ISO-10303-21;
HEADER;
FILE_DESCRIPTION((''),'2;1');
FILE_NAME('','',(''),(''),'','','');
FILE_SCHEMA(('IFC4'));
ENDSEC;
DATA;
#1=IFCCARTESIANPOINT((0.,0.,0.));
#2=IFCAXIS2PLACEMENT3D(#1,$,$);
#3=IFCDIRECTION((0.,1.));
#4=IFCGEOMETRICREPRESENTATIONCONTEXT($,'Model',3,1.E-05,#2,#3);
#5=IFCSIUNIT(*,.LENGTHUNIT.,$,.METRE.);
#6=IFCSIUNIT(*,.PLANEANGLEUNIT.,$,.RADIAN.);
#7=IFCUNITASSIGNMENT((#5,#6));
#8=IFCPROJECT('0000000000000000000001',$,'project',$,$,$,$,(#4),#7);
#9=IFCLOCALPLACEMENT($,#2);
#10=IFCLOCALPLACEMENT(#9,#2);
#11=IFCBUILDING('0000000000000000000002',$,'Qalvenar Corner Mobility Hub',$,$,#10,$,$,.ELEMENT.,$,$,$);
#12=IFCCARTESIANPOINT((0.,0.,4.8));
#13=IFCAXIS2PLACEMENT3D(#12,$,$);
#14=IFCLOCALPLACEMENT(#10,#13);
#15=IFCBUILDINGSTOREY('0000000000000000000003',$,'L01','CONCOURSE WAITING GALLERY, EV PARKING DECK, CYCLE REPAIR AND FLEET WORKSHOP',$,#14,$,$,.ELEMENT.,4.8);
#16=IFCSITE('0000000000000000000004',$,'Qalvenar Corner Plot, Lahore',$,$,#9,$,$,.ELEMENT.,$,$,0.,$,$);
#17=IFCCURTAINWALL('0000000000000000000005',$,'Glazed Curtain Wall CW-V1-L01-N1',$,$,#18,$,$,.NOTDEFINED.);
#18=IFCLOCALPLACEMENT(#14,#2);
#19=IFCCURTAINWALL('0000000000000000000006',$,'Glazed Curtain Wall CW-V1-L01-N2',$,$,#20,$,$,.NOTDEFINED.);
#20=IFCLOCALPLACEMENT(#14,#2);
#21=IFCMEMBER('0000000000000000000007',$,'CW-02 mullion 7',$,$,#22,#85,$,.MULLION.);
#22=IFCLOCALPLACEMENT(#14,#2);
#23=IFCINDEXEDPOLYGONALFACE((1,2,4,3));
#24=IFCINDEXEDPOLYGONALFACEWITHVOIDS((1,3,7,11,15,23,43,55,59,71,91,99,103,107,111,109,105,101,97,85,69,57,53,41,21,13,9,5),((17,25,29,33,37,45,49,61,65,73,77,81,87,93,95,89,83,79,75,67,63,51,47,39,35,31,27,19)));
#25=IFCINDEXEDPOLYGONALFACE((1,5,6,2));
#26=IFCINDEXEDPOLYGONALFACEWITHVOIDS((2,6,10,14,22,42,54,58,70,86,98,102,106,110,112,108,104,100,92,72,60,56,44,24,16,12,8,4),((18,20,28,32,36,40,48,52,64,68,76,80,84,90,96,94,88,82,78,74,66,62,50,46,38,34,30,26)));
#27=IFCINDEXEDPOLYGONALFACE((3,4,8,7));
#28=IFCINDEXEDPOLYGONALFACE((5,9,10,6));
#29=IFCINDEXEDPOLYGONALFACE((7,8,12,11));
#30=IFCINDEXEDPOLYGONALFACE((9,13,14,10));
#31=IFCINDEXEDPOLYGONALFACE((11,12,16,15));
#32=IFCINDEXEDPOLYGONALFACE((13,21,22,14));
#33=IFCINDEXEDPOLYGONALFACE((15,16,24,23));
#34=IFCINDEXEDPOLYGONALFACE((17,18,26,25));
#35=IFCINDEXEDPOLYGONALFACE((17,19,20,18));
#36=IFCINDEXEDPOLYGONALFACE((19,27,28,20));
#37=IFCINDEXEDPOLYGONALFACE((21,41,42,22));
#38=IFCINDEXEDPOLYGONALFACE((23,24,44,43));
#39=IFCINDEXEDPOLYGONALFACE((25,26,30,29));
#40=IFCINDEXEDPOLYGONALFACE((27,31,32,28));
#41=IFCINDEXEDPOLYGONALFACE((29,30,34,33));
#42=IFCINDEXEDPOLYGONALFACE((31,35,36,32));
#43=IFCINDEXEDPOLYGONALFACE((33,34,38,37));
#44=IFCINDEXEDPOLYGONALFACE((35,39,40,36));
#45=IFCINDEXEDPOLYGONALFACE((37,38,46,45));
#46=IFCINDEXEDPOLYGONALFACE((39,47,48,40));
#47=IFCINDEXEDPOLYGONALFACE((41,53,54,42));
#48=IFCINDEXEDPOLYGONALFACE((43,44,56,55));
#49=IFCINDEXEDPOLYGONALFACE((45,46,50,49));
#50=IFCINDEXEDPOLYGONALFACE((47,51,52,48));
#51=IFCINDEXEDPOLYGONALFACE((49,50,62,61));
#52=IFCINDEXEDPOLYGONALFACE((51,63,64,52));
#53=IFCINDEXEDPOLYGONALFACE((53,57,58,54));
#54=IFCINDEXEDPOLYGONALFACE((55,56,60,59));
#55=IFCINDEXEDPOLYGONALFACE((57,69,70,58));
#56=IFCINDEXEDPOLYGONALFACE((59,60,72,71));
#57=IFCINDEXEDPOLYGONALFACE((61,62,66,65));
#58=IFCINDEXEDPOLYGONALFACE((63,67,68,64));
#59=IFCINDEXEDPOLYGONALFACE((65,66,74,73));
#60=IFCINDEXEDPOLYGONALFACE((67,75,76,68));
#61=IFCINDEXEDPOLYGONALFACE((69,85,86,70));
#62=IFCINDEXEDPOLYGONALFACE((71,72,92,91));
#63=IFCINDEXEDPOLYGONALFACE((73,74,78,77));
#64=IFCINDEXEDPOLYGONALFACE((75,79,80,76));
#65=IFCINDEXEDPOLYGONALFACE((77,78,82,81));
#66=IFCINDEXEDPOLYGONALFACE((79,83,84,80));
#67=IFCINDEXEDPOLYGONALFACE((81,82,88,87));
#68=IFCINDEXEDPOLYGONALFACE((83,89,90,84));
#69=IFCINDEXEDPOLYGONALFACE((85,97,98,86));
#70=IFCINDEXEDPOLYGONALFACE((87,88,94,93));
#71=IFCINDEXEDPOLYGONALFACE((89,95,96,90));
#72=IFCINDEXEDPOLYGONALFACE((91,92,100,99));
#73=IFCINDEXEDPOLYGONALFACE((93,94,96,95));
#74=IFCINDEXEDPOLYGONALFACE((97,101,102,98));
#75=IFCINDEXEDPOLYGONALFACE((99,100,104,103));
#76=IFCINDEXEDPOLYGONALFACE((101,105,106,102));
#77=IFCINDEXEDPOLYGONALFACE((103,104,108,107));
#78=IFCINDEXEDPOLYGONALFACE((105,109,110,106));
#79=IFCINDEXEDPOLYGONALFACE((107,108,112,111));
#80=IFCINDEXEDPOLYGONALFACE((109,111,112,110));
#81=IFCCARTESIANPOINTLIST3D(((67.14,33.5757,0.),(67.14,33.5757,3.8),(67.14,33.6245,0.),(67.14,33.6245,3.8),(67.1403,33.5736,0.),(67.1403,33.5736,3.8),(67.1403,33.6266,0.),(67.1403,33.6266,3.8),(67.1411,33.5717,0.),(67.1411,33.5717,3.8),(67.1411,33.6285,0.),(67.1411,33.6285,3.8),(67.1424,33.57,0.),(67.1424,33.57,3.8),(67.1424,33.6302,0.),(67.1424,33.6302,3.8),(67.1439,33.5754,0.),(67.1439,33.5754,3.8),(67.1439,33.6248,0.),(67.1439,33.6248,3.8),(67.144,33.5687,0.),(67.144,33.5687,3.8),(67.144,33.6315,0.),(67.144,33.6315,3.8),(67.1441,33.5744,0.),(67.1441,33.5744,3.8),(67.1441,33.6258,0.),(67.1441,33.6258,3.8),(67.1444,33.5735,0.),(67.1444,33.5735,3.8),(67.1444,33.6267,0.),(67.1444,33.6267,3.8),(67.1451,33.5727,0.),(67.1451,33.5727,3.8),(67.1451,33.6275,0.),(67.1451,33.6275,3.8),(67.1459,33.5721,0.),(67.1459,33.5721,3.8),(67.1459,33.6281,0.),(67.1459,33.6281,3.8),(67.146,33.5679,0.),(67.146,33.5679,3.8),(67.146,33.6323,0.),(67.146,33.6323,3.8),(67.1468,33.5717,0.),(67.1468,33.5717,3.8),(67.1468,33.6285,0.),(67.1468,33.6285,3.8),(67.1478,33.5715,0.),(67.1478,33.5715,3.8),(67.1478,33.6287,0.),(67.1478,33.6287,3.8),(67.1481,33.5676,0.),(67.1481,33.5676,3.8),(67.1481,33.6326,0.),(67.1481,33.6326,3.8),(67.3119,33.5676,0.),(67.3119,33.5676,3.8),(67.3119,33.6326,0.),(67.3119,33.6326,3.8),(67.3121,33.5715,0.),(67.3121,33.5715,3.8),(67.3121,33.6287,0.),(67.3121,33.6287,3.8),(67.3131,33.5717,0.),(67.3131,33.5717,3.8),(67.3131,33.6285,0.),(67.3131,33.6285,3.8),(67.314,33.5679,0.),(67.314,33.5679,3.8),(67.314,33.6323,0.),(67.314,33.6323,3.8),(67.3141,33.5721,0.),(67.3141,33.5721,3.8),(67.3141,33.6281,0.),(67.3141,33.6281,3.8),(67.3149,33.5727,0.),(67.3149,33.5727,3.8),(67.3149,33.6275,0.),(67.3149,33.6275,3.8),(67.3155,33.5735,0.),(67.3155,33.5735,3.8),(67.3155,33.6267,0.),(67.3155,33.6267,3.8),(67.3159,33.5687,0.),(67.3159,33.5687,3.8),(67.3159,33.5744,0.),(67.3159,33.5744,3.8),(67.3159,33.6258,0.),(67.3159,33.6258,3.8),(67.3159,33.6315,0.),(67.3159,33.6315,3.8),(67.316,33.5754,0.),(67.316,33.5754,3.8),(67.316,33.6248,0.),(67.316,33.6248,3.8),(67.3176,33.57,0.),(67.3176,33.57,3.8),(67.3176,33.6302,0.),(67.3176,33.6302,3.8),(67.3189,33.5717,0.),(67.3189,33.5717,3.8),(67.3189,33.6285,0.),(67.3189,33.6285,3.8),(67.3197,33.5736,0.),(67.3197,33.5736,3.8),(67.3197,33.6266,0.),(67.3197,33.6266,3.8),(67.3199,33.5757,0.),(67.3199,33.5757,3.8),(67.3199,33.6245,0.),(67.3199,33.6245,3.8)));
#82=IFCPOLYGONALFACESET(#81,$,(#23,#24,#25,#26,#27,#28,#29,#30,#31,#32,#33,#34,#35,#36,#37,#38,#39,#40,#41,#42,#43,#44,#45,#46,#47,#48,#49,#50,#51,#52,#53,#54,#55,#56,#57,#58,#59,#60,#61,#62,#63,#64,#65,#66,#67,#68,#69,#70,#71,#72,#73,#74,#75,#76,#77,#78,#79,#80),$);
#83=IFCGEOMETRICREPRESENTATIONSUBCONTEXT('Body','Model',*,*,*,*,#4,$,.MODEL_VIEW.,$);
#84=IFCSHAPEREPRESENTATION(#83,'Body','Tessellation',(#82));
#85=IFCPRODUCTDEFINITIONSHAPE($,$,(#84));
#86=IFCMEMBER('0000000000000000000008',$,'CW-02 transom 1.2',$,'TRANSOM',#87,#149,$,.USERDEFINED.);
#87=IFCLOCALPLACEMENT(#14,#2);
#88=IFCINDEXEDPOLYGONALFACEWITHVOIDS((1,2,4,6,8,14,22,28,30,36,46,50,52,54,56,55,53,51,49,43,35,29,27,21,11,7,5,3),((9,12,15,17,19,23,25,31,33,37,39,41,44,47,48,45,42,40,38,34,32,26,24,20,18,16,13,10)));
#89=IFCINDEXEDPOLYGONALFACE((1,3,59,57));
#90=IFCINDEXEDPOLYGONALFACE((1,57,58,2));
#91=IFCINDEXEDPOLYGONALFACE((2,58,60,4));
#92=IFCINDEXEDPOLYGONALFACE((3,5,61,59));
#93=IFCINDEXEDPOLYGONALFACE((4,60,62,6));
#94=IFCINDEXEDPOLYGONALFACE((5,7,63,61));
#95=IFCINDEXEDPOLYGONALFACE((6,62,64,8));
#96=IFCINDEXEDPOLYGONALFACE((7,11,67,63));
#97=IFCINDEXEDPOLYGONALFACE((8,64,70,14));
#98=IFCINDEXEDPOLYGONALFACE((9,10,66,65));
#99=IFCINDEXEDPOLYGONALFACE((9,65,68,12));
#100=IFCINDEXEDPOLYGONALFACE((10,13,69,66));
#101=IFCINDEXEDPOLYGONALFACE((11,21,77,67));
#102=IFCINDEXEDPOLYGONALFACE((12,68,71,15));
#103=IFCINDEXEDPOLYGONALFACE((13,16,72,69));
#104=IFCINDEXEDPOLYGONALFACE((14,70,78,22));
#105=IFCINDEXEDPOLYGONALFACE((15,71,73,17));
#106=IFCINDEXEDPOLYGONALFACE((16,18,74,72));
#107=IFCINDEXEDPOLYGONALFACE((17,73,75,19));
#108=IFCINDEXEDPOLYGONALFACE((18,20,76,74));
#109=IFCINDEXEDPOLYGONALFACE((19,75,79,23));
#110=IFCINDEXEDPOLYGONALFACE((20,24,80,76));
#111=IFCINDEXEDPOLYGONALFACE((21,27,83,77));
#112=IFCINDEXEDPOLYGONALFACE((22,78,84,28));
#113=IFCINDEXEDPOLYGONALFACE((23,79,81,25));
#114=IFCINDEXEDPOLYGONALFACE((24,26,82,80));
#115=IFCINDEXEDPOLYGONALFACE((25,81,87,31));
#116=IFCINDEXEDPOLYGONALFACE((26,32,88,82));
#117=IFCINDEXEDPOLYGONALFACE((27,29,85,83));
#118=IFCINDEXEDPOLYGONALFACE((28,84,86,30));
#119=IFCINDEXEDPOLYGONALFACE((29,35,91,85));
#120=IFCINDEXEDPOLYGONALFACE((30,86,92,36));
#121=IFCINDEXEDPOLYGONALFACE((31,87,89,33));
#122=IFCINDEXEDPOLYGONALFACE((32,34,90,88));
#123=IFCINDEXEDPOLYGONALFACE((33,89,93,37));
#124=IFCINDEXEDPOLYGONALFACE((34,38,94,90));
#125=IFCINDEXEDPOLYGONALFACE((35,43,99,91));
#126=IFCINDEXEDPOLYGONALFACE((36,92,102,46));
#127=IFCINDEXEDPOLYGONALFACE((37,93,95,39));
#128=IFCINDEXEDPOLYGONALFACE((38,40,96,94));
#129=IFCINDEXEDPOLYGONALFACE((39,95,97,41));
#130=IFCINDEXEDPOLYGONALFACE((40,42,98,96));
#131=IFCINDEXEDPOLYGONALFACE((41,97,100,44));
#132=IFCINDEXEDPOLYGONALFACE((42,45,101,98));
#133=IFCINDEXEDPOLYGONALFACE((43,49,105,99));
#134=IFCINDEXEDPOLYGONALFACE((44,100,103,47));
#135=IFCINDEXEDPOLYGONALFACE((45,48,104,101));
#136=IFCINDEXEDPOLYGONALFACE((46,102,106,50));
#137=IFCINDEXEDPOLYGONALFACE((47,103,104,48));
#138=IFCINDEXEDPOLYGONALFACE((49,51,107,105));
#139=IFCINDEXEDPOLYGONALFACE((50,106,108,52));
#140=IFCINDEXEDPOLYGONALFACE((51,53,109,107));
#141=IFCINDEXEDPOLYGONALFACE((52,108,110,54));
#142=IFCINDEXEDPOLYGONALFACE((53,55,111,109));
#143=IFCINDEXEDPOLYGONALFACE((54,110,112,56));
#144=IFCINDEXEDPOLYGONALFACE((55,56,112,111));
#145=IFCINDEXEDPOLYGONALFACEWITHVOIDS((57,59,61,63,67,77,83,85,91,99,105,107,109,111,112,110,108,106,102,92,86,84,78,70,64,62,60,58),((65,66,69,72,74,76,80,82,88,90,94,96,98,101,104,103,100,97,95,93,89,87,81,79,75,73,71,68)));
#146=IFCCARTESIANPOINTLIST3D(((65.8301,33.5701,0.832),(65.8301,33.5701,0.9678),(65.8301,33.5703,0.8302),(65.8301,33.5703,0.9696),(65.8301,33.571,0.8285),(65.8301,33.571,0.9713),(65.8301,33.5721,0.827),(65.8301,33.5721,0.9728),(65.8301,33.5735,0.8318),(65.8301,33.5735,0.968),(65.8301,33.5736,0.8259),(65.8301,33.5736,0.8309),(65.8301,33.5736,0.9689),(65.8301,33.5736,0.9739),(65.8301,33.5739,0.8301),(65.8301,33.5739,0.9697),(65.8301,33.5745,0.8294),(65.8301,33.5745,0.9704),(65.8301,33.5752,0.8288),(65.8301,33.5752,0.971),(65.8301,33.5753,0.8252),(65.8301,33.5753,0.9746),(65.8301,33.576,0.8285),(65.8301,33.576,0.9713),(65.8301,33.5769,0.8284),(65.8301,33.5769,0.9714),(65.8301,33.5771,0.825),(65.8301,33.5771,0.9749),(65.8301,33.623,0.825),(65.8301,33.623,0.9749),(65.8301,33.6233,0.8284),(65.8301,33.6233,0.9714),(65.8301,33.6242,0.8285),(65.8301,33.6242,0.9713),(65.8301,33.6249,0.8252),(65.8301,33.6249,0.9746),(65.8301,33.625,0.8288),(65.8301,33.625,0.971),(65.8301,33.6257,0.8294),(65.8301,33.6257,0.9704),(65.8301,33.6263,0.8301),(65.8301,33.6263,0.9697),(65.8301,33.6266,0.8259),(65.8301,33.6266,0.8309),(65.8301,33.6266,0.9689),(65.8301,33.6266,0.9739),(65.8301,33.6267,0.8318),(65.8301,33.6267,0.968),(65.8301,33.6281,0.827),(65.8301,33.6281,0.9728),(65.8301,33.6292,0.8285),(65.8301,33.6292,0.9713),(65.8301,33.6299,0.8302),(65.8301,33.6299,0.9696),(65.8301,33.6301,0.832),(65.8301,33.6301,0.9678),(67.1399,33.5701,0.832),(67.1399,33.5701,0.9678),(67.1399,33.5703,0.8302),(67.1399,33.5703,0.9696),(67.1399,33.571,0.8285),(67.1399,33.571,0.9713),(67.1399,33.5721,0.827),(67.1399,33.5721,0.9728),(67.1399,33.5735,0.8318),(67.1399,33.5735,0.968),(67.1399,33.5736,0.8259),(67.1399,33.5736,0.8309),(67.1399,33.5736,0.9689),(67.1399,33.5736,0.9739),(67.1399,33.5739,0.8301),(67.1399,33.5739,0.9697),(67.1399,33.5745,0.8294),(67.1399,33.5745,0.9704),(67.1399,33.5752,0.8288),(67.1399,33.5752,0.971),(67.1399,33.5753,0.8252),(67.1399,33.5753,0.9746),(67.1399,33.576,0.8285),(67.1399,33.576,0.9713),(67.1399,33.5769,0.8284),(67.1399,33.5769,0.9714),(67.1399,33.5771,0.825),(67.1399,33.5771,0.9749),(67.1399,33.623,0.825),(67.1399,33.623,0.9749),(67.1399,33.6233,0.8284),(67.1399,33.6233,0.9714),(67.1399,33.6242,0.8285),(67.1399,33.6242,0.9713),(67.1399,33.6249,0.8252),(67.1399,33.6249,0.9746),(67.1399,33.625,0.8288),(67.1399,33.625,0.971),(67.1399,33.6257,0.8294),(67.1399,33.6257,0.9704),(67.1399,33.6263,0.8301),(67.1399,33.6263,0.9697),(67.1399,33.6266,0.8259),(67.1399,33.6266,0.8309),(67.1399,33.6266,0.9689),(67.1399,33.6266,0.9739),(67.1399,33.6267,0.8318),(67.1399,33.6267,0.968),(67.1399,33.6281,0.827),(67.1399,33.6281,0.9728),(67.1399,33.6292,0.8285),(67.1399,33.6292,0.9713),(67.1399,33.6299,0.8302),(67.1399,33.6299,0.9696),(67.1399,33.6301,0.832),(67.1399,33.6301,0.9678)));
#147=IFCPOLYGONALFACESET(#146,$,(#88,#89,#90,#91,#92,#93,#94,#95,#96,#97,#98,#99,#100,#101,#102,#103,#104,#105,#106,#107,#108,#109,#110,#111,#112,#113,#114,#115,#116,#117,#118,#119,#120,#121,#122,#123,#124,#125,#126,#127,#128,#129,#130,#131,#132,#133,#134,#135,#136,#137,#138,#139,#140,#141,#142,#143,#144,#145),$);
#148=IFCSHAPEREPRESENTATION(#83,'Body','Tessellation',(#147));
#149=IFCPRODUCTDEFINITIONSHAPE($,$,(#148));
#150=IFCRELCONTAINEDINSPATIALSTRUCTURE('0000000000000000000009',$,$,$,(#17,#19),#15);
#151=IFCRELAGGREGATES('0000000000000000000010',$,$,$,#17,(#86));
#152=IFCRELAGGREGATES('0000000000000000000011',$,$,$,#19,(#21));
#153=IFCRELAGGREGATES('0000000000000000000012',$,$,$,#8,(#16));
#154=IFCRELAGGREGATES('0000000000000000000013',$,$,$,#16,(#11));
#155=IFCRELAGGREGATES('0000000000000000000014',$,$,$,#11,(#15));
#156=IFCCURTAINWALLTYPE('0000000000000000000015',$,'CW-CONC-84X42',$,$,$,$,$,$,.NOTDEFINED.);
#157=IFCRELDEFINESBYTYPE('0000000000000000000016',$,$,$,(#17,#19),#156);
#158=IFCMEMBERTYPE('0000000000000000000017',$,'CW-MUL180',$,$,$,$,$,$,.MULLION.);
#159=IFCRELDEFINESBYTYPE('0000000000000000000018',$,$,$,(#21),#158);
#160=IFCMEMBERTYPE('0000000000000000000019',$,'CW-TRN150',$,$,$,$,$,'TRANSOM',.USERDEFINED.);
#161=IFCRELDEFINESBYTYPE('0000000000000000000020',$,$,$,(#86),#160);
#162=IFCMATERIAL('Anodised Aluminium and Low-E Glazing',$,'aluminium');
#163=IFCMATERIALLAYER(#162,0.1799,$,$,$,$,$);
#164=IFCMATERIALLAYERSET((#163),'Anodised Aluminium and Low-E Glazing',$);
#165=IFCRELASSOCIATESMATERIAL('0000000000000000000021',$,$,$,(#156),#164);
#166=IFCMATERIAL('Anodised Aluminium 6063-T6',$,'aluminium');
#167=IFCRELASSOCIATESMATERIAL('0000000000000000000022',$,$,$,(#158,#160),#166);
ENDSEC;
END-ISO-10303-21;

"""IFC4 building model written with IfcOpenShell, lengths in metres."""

from ifc_helpers import new_model, si_unit, direction, frame, origin, origin_2d, place, context, subcontext, project, spatial, hollow_rectangle, extrude, material, layer, layer_set, material_profile, profile_set, type_object, element, aggregate, save


model = new_model("IFC4")

# Units and contexts
model_context = context("Model", 3, precision=1e-05, world=origin(), true_north=direction((0.0, 1.0)))
body_context = subcontext(model_context, "Body", "Model", "MODEL_VIEW")
ifc_project = project(units=[si_unit("LENGTHUNIT", "METRE"), si_unit("PLANEANGLEUNIT", "RADIAN")], contexts=[model_context])

# Site, building, storey
site_placement = place(None, origin())
site = spatial("IfcSite", under=ifc_project, at=site_placement, Name="Qalvenar Corner Plot, Lahore", CompositionType="ELEMENT", RefElevation=0.0)
building_placement = place(site_placement, origin())
building = spatial("IfcBuilding", under=site, at=building_placement, Name="Qalvenar Corner Mobility Hub", CompositionType="ELEMENT")
storey_placement = place(building_placement, frame((0.0, 0.0, 4.8)))
storey = spatial("IfcBuildingStorey", under=building, at=storey_placement, Name="L01", Description="CONCOURSE WAITING GALLERY, EV PARKING DECK, CYCLE REPAIR AND FLEET WORKSHOP", CompositionType="ELEMENT", Elevation=4.8)

# Curtain wall
ifc_material_1 = material(Name="Anodised Aluminium and Low-E Glazing", Category="aluminium")
ifc_layer_1 = layer(ifc_material_1, 0.1799)
ifc_layer_set_1 = layer_set([ifc_layer_1], Name="Anodised Aluminium and Low-E Glazing")
curtain_wall_type = type_object("IfcCurtainWallType", Name="CW-CONC-84X42", PredefinedType="NOTDEFINED", material=ifc_layer_set_1)
curtain_wall_1_placement = place(storey_placement, origin())
curtain_wall_1 = element("IfcCurtainWall", 1, at=curtain_wall_1_placement, inside=storey, type_object=curtain_wall_type, Name="Glazed Curtain Wall CW-V1-L01-N1", PredefinedType="NOTDEFINED")
ifc_material_2 = material(Name="Anodised Aluminium 6063-T6", Category="aluminium")
ifc_material_profile_1 = material_profile(ifc_material_2, hollow_rectangle(XDim=0.0649, YDim=0.1799, WallThickness=0.0039, InnerFilletRadius=0.0039, OuterFilletRadius=0.0081, at=origin_2d()), Name="RHS180x65x4")
ifc_profile_set_1 = profile_set([ifc_material_profile_1], Name="Anodised Aluminium 6063-T6")
member_type_1 = type_object("IfcMemberType", Name="CW-MUL180", PredefinedType="MULLION", material=ifc_profile_set_1)

# Curtain wall, member
curtain_wall_2_placement = place(storey_placement, origin())
curtain_wall_2 = element("IfcCurtainWall", 2, at=curtain_wall_2_placement, inside=storey, type_object=curtain_wall_type, Name="Glazed Curtain Wall CW-V1-L01-N2", PredefinedType="NOTDEFINED")
member_1_placement = place(storey_placement, frame((67.23, 33.6001, 0.0), z_axis=(0.0, 0.0, 1.0), x_axis=(0.0, -1.0, 0.0)))
member_1 = element("IfcMember", 3, at=member_1_placement, type_object=member_type_1, Name="CW-02 mullion 7", PredefinedType="MULLION", context=body_context, shape_type="SweptSolid", body=[
    extrude(hollow_rectangle(XDim=0.0649, YDim=0.1799, WallThickness=0.0039, InnerFilletRadius=0.0039, OuterFilletRadius=0.0081, at=origin_2d()), origin(), (0.0, 0.0, 1.0), 3.8),
])

# Member
ifc_material_profile_2 = material_profile(ifc_material_2, hollow_rectangle(XDim=0.0601, YDim=0.1499, WallThickness=0.0034, InnerFilletRadius=0.0034, OuterFilletRadius=0.0071, at=origin_2d()), Name="RHS150x60x3.5")
ifc_profile_set_2 = profile_set([ifc_material_profile_2], Name="Anodised Aluminium 6063-T6")
member_type_2 = type_object("IfcMemberType", Name="CW-TRN150", ElementType="TRANSOM", PredefinedType="USERDEFINED", material=ifc_profile_set_2)
member_2_placement = place(storey_placement, frame((67.1399, 33.6001, 0.8999), z_axis=(-1.0, 0.0, 0.0), x_axis=(0.0, -1.0, 0.0)))
member_2 = element("IfcMember", 4, at=member_2_placement, type_object=member_type_2, Name="CW-02 transom 1.2", ObjectType="TRANSOM", PredefinedType="USERDEFINED", context=body_context, shape_type="SweptSolid", body=[
    extrude(hollow_rectangle(XDim=0.0601, YDim=0.1499, WallThickness=0.0034, InnerFilletRadius=0.0034, OuterFilletRadius=0.0071, at=origin_2d()), origin(), (0.0, 0.0, 1.0), 1.3098),
])
aggregate(curtain_wall_1, [member_2])

aggregate(curtain_wall_2, [member_1])

save(model, "model.ifc")
